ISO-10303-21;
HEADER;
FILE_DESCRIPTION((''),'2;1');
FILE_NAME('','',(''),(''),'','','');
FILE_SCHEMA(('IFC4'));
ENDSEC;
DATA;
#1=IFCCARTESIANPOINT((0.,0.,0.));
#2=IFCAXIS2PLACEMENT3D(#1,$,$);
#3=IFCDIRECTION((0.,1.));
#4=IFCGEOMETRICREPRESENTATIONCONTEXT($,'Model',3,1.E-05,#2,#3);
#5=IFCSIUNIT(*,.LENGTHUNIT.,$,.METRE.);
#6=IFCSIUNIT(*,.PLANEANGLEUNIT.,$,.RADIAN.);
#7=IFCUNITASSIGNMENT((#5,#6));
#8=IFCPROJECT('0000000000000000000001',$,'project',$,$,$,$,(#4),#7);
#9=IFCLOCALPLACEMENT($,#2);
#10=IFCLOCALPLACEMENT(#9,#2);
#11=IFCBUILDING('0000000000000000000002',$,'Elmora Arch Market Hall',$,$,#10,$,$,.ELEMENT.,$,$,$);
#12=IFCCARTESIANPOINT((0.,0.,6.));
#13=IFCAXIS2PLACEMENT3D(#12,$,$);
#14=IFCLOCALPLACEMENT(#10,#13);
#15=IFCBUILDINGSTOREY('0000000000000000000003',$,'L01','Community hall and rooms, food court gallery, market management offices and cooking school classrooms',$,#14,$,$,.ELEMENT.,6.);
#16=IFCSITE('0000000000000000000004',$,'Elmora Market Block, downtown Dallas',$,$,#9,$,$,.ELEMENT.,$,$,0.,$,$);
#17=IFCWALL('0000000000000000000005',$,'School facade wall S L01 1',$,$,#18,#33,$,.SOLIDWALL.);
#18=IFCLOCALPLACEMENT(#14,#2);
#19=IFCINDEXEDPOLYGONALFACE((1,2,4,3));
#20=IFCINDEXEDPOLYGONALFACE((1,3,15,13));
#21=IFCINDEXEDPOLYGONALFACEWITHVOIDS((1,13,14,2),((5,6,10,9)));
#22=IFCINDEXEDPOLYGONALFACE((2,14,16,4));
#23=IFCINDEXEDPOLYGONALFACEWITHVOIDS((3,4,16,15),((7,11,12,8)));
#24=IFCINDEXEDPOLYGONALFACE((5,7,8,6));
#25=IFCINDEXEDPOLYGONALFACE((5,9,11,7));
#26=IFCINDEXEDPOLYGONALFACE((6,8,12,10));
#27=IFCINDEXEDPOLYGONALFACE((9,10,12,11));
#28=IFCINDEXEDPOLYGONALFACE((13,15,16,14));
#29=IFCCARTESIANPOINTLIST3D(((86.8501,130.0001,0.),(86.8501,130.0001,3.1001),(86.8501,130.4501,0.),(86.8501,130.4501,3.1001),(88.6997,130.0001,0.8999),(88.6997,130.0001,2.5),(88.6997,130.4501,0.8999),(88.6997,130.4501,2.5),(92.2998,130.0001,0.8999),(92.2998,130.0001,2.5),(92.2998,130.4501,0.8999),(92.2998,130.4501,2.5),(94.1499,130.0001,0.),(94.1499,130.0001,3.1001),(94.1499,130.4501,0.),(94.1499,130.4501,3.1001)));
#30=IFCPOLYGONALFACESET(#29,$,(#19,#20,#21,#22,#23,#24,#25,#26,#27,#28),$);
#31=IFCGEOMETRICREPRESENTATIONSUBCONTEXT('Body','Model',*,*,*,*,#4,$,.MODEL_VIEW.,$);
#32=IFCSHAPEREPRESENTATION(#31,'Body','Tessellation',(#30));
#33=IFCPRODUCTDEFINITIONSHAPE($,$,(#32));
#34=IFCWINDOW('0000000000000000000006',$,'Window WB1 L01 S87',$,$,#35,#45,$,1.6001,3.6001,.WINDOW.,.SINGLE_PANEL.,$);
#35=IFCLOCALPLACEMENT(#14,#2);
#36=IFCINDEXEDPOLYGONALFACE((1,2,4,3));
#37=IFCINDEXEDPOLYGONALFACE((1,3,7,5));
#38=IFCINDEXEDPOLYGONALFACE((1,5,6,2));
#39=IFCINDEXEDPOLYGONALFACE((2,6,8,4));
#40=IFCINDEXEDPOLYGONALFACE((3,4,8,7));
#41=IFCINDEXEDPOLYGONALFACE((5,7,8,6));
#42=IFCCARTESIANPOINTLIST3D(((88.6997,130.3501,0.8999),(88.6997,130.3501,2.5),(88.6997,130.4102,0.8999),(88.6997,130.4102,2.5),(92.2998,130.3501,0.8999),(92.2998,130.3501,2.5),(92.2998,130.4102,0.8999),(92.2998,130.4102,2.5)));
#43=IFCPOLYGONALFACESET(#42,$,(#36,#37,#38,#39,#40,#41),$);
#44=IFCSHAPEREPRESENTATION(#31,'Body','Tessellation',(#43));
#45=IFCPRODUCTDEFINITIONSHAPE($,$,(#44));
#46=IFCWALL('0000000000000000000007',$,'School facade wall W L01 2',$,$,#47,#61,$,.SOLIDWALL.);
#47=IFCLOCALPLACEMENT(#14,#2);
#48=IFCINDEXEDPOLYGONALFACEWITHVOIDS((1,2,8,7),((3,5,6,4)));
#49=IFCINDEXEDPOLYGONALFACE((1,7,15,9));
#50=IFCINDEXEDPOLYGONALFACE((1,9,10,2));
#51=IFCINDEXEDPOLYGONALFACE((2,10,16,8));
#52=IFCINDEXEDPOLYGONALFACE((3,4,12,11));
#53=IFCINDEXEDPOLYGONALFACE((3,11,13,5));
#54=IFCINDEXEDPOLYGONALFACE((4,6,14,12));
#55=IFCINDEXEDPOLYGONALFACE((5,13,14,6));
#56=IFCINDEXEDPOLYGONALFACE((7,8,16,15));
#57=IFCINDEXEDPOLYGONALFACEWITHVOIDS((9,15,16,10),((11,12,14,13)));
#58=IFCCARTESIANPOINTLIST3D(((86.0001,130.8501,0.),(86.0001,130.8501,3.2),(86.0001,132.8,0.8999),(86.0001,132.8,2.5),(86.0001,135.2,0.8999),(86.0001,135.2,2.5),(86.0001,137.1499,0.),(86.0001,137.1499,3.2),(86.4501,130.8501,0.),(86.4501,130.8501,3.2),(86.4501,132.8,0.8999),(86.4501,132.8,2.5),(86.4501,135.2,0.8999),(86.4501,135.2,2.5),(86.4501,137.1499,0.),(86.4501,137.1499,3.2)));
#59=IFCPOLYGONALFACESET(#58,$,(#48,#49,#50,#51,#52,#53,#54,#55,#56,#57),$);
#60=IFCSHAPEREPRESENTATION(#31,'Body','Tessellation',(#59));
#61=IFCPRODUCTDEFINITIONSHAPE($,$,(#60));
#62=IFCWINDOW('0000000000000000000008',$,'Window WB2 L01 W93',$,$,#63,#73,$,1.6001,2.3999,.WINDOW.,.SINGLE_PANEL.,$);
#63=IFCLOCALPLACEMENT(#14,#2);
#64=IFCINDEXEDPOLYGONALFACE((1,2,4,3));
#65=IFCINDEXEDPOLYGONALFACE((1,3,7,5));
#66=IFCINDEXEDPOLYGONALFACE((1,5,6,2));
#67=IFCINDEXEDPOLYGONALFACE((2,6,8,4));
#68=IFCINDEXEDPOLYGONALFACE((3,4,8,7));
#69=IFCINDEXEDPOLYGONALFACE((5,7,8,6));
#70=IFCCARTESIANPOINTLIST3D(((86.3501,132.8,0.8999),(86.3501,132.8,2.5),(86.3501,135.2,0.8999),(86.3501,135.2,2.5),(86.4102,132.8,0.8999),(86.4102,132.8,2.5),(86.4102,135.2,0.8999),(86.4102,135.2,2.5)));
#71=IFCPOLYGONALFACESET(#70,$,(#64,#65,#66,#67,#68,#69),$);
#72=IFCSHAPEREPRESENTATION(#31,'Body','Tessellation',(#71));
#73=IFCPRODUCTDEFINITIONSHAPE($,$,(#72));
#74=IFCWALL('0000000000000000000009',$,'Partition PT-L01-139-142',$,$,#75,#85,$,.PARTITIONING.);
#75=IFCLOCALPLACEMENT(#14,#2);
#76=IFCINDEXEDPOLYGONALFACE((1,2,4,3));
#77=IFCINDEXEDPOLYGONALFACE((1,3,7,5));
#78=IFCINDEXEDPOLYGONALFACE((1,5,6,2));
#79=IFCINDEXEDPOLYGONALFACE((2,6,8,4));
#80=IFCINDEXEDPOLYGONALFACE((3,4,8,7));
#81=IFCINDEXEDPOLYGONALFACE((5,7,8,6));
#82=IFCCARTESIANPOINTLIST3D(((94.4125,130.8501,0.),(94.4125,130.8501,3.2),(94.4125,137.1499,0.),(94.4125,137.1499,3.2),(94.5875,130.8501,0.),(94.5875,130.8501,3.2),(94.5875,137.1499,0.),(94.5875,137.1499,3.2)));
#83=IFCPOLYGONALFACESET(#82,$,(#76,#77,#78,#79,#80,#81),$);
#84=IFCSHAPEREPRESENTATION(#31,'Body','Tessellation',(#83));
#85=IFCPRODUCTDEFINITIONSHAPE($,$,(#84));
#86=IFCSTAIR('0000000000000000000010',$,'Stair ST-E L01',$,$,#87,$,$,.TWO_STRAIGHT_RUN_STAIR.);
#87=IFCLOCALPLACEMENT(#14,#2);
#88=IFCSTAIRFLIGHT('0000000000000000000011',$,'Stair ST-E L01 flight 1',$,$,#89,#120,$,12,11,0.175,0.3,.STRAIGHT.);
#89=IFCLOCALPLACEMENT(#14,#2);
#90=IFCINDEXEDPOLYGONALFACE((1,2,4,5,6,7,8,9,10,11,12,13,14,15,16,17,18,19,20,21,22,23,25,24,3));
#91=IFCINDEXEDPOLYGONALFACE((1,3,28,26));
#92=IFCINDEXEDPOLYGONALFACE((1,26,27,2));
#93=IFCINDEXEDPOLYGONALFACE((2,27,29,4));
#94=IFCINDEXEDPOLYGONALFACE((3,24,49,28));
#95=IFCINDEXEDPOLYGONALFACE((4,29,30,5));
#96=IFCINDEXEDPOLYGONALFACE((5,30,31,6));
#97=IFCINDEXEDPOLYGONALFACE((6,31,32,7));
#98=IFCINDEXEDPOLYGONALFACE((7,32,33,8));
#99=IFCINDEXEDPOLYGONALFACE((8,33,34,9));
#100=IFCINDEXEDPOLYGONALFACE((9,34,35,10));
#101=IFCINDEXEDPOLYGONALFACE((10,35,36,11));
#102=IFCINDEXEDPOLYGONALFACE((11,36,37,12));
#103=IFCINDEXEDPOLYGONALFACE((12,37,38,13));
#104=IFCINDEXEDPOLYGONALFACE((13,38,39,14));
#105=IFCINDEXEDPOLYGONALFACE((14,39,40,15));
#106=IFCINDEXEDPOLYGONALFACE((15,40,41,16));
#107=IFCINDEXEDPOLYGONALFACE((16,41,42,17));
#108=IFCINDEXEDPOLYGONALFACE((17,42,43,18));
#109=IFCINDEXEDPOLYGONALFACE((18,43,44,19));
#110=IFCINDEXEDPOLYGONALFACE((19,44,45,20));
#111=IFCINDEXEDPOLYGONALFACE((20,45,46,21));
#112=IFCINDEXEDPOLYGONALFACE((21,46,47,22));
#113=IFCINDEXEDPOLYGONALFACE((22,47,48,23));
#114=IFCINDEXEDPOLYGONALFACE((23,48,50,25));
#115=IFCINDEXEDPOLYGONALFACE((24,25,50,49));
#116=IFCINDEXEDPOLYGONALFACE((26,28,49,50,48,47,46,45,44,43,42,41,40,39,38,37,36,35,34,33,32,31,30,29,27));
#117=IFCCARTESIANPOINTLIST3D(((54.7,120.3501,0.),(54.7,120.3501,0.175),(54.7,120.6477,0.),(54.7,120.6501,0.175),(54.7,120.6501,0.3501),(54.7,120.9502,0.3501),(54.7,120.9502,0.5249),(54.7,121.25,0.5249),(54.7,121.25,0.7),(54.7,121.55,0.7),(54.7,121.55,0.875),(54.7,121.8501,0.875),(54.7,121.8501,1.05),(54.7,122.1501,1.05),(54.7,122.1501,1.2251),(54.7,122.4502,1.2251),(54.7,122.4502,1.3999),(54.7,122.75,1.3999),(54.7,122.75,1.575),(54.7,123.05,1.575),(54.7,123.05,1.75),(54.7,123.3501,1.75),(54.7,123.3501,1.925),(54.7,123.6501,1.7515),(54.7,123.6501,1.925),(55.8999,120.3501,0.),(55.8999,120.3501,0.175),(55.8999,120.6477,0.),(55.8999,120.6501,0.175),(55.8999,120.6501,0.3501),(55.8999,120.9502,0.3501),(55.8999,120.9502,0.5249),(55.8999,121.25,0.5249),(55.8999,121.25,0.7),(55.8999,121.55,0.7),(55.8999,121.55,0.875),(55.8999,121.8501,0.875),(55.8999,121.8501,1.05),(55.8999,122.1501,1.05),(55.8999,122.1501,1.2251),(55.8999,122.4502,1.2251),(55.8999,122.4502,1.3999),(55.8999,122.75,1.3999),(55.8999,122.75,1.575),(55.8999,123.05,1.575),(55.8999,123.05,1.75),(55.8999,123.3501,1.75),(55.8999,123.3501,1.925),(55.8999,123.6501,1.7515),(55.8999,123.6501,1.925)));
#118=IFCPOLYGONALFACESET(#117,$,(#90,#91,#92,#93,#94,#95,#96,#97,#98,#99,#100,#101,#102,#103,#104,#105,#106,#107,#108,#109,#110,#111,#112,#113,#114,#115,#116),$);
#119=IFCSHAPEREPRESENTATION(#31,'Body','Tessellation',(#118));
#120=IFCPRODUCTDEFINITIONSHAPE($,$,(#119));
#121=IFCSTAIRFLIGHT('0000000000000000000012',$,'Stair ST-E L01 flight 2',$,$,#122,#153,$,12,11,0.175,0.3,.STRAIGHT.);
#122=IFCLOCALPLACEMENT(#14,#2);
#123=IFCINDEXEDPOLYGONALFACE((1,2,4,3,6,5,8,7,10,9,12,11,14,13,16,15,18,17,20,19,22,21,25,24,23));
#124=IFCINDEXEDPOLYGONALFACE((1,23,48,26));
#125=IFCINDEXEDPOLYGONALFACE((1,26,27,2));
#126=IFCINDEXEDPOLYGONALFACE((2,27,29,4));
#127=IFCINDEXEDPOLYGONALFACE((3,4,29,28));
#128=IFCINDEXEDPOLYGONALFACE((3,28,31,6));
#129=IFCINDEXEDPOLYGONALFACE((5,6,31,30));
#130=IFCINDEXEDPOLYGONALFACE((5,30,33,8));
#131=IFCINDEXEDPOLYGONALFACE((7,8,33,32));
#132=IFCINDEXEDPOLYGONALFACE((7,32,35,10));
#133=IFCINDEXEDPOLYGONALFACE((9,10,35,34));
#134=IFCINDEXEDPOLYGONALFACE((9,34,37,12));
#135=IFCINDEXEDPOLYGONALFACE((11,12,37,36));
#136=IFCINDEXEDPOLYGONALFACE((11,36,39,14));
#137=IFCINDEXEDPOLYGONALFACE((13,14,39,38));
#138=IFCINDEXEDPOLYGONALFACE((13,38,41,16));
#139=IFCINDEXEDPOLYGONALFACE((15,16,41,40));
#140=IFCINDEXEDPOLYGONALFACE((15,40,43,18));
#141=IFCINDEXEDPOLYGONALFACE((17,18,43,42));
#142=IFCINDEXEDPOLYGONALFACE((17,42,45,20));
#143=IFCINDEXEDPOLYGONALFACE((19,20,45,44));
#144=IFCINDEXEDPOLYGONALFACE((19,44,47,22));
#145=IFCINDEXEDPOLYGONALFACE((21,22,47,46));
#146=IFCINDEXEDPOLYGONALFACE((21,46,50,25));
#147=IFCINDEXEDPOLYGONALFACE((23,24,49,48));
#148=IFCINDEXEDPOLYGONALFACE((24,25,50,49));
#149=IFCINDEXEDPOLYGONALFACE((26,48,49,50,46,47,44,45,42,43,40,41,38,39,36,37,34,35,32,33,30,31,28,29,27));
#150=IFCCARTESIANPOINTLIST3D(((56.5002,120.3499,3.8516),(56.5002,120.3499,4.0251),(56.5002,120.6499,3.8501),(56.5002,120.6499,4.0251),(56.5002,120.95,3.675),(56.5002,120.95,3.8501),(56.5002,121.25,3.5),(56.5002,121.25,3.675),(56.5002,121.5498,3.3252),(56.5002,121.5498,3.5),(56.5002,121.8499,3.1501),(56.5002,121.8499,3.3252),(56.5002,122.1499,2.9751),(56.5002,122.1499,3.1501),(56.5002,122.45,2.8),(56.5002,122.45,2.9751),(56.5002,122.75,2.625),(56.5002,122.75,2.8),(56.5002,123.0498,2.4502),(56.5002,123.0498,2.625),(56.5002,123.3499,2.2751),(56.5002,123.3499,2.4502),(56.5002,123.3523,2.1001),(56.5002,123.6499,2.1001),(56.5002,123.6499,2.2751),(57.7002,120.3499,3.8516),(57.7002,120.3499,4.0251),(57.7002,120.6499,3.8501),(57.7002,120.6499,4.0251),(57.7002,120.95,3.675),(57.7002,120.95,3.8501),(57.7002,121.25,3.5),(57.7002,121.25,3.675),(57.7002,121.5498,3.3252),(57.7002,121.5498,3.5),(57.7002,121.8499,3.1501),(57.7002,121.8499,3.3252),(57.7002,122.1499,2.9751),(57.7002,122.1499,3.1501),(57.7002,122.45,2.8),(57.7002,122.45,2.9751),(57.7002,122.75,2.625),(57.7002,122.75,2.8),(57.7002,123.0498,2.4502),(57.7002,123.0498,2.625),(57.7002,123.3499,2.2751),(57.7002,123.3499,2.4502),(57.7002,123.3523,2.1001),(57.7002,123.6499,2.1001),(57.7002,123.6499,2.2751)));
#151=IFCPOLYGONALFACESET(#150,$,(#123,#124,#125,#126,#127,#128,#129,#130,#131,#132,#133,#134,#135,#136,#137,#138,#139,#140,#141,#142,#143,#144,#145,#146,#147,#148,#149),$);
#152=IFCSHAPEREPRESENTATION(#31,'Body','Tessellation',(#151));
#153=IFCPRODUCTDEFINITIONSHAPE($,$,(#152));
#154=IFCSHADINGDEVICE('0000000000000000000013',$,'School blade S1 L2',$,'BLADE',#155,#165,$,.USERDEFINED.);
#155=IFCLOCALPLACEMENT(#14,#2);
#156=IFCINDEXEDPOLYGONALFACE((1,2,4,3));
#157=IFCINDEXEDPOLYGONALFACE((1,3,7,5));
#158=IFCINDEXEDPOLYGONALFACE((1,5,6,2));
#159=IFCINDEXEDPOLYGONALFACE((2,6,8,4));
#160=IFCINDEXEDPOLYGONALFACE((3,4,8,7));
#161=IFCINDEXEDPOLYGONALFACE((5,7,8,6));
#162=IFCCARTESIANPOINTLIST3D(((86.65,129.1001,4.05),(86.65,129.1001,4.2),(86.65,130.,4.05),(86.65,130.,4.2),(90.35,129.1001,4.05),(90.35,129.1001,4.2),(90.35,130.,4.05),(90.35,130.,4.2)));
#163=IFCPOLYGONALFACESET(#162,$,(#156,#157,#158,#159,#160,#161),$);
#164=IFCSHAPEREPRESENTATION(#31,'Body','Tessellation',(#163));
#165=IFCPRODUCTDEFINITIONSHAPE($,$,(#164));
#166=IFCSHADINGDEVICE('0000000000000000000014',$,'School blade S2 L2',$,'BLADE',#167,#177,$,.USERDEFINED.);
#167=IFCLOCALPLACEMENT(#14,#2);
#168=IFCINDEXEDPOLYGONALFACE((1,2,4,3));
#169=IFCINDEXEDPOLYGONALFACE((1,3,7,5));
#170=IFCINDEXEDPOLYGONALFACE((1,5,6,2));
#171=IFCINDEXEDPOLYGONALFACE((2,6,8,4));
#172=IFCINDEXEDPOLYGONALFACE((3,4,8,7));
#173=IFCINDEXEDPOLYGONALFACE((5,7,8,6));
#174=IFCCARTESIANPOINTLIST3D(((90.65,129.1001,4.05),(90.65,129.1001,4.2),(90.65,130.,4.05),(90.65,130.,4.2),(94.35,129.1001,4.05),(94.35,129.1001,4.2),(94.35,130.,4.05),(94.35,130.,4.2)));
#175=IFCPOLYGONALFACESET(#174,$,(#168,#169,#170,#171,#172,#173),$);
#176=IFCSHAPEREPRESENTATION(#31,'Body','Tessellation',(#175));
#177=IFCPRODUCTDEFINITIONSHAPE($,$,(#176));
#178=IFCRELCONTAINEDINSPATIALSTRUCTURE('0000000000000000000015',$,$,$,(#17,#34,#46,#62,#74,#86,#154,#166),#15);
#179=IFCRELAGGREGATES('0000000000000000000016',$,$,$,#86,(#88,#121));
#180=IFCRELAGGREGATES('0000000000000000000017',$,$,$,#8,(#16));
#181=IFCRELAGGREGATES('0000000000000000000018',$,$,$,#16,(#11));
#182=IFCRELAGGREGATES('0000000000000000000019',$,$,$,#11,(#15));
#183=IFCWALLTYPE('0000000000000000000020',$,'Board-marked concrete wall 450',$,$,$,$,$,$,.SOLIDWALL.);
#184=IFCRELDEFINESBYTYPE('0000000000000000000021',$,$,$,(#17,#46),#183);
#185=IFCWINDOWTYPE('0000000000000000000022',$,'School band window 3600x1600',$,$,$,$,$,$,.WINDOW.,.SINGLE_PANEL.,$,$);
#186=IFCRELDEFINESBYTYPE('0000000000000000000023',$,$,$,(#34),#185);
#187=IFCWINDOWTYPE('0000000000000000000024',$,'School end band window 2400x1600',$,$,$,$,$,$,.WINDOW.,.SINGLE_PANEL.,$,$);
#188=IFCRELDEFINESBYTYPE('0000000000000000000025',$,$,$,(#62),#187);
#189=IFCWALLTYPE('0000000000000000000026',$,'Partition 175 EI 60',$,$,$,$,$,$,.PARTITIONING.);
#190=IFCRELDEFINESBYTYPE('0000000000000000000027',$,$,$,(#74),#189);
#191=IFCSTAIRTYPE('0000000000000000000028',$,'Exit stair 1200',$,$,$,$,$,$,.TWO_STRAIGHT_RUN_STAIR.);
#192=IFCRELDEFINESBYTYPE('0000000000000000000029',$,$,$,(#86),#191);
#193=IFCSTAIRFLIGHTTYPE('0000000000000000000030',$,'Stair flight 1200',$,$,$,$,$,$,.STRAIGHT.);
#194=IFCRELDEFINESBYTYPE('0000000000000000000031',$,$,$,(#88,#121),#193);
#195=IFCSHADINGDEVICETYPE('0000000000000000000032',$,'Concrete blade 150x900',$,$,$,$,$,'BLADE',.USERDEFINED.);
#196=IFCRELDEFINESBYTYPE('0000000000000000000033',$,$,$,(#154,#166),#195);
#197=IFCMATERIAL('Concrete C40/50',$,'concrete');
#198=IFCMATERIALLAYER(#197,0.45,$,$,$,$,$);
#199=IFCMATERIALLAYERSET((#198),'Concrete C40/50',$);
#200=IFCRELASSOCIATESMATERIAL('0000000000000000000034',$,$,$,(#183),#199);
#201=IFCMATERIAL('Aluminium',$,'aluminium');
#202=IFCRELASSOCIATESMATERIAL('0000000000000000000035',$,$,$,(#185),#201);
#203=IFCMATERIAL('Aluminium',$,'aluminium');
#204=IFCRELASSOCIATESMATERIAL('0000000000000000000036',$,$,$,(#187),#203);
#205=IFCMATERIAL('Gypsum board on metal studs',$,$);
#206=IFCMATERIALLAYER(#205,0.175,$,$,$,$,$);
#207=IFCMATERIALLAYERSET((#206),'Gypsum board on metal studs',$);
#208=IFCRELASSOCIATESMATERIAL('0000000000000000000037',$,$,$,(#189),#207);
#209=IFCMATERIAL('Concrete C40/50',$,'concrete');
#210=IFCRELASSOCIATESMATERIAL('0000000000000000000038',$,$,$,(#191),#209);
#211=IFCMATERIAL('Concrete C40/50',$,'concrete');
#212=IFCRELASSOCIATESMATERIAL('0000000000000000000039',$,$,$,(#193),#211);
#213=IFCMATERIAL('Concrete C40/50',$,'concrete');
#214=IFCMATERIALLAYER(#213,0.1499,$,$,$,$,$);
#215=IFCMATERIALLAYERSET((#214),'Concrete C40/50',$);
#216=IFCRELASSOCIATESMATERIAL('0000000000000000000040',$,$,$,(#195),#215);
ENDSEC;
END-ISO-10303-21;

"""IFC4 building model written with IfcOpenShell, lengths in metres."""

from ifc_helpers import new_model, si_unit, direction, frame, frame_2d, origin, origin_2d, place, context, subcontext, project, spatial, polyline, rectangle, outline, extrude, material, layer, layer_set, type_object, element, fill, aggregate, save


model = new_model("IFC4")

# Units and contexts
model_context = context("Model", 3, precision=1e-05, world=origin(), true_north=direction((0.0, 1.0)))
body_context = subcontext(model_context, "Body", "Model", "MODEL_VIEW")
ifc_project = project(units=[si_unit("LENGTHUNIT", "METRE"), si_unit("PLANEANGLEUNIT", "RADIAN")], contexts=[model_context])

# Site, building, storey
site_placement = place(None, origin())
site = spatial("IfcSite", under=ifc_project, at=site_placement, Name="Elmora Market Block, downtown Dallas", CompositionType="ELEMENT", RefElevation=0.0)
building_placement = place(site_placement, origin())
building = spatial("IfcBuilding", under=site, at=building_placement, Name="Elmora Arch Market Hall", CompositionType="ELEMENT")
storey_placement = place(building_placement, frame((0.0, 0.0, 6.0)))
storey = spatial("IfcBuildingStorey", under=building, at=storey_placement, Name="L01", Description="Community hall and rooms, food court gallery, market management offices and cooking school classrooms", CompositionType="ELEMENT", Elevation=6.0)

# Shared definitions
ifc_material_1 = material(Name="Concrete C40/50", Category="concrete")
ifc_layer_1 = layer(ifc_material_1, 0.45)
ifc_layer_set_1 = layer_set([ifc_layer_1], Name="Concrete C40/50")
wall_type_1 = type_object("IfcWallType", Name="Board-marked concrete wall 450", PredefinedType="SOLIDWALL", material=ifc_layer_set_1)

# Walls, openings, windows
wall_1_placement = place(storey_placement, frame((94.1499, 130.2251, 0.0), z_axis=(0.0, 0.0, 1.0), x_axis=(-1.0, 0.0, 0.0)))
wall_1 = element("IfcWall", 1, at=wall_1_placement, inside=storey, type_object=wall_type_1, Name="School facade wall S L01 1", PredefinedType="SOLIDWALL", context=body_context, shape_type="SweptSolid", body=[
    extrude(rectangle(XDim=7.2998, YDim=0.45, at=frame_2d((3.6499, 0.0))), origin(), (0.0, 0.0, 1.0), 3.1001),
])
opening_1_placement = place(wall_1_placement, frame((1.8501, 0.0, 0.8999)))
opening_1 = element("IfcOpeningElement", 2, at=opening_1_placement, cuts=wall_1, PredefinedType="OPENING", context=body_context, shape_type="SweptSolid", body=[
    extrude(rectangle(XDim=3.6001, YDim=1.6001, at=frame_2d((1.8, 0.8))), frame((0.0, 0.2349, 0.0), z_axis=(0.0, -1.0, 0.0), x_axis=(1.0, 0.0, 0.0)), (0.0, 0.0, 1.0), 0.47),
])
ifc_material_2 = material(Name="Aluminium", Category="aluminium")
window_type_1 = type_object("IfcWindowType", Name="School band window 3600x1600", PartitioningType="SINGLE_PANEL", PredefinedType="WINDOW", material=ifc_material_2)
window_1_placement = place(opening_1_placement, origin())
window_1 = element("IfcWindow", 3, at=window_1_placement, inside=storey, type_object=window_type_1, Name="Window WB1 L01 S87", OverallHeight=1.6001, OverallWidth=3.6001, PartitioningType="SINGLE_PANEL", PredefinedType="WINDOW", context=body_context, shape_type="SweptSolid", body=[
    extrude(rectangle(XDim=3.6001, YDim=1.6001, at=frame_2d((1.8, 0.8))), frame((0.0, -0.125, 0.0), z_axis=(0.0, -1.0, 0.0), x_axis=(1.0, 0.0, 0.0)), (0.0, 0.0, 1.0), 0.0601),
])
fill(opening_1, window_1)
wall_2_placement = place(storey_placement, frame((86.2251, 130.8501, 0.0), z_axis=(0.0, 0.0, 1.0), x_axis=(0.0, 1.0, 0.0)))
wall_2 = element("IfcWall", 4, at=wall_2_placement, inside=storey, type_object=wall_type_1, Name="School facade wall W L01 2", PredefinedType="SOLIDWALL", context=body_context, shape_type="SweptSolid", body=[
    extrude(rectangle(XDim=6.2998, YDim=0.45, at=frame_2d((3.1499, 0.0))), origin(), (0.0, 0.0, 1.0), 3.2),
])
opening_2_placement = place(wall_2_placement, frame((1.95, 0.0, 0.8999)))
opening_2 = element("IfcOpeningElement", 5, at=opening_2_placement, cuts=wall_2, PredefinedType="OPENING", context=body_context, shape_type="SweptSolid", body=[
    extrude(rectangle(XDim=2.3999, YDim=1.6001, at=frame_2d((1.2, 0.8))), frame((0.0, 0.2349, 0.0), z_axis=(0.0, -1.0, 0.0), x_axis=(1.0, 0.0, 0.0)), (0.0, 0.0, 1.0), 0.47),
])
ifc_material_3 = material(Name="Aluminium", Category="aluminium")
window_type_2 = type_object("IfcWindowType", Name="School end band window 2400x1600", PartitioningType="SINGLE_PANEL", PredefinedType="WINDOW", material=ifc_material_3)
window_2_placement = place(opening_2_placement, origin())
window_2 = element("IfcWindow", 6, at=window_2_placement, inside=storey, type_object=window_type_2, Name="Window WB2 L01 W93", OverallHeight=1.6001, OverallWidth=2.3999, PartitioningType="SINGLE_PANEL", PredefinedType="WINDOW", context=body_context, shape_type="SweptSolid", body=[
    extrude(rectangle(XDim=2.3999, YDim=1.6001, at=frame_2d((1.2, 0.8))), frame((0.0, -0.125, 0.0), z_axis=(0.0, -1.0, 0.0), x_axis=(1.0, 0.0, 0.0)), (0.0, 0.0, 1.0), 0.0601),
])
fill(opening_2, window_2)

# Wall
ifc_material_4 = material(Name="Gypsum board on metal studs")
ifc_layer_2 = layer(ifc_material_4, 0.175)
ifc_layer_set_2 = layer_set([ifc_layer_2], Name="Gypsum board on metal studs")
wall_type_2 = type_object("IfcWallType", Name="Partition 175 EI 60", PredefinedType="PARTITIONING", material=ifc_layer_set_2)
wall_3_placement = place(storey_placement, frame((94.5, 130.8501, 0.0), z_axis=(0.0, 0.0, 1.0), x_axis=(0.0, 1.0, 0.0)))
element("IfcWall", 7, at=wall_3_placement, inside=storey, type_object=wall_type_2, Name="Partition PT-L01-139-142", PredefinedType="PARTITIONING", context=body_context, shape_type="SweptSolid", body=[
    extrude(rectangle(XDim=6.2998, YDim=0.175, at=frame_2d((3.1499, 0.0))), origin(), (0.0, 0.0, 1.0), 3.2),
])

# Stair, stair flights
ifc_material_5 = material(Name="Concrete C40/50", Category="concrete")
stair_type = type_object("IfcStairType", Name="Exit stair 1200", PredefinedType="TWO_STRAIGHT_RUN_STAIR", material=ifc_material_5)
stair_placement = place(storey_placement, origin())
stair = element("IfcStair", 8, at=stair_placement, inside=storey, type_object=stair_type, Name="Stair ST-E L01", PredefinedType="TWO_STRAIGHT_RUN_STAIR")
ifc_material_6 = material(Name="Concrete C40/50", Category="concrete")
stair_flight_type = type_object("IfcStairFlightType", Name="Stair flight 1200", PredefinedType="STRAIGHT", material=ifc_material_6)
stair_flight_1_placement = place(storey_placement, frame((55.3, 120.3501, 0.0), z_axis=(0.0, 0.0, 1.0), x_axis=(0.0, 1.0, 0.0)))
stair_flight_1 = element("IfcStairFlight", 9, at=stair_flight_1_placement, type_object=stair_flight_type, Name="Stair ST-E L01 flight 1", NumberOfRisers=12, NumberOfTreads=11, PredefinedType="STRAIGHT", RiserHeight=0.175, TreadLength=0.3, context=body_context, shape_type="SweptSolid", body=[
    extrude(outline(polyline([(0.0, 0.0), (0.0, 0.175), (0.3, 0.175), (0.3, 0.3501), (0.6001, 0.3501), (0.6001, 0.5249), (0.8999, 0.5249), (0.8999, 0.7), (1.2, 0.7), (1.2, 0.875), (1.5, 0.875), (1.5, 1.05), (1.8, 1.05), (1.8, 1.2251), (2.1001, 1.2251), (2.1001, 1.3999), (2.3999, 1.3999), (2.3999, 1.575), (2.7, 1.575), (2.7, 1.75), (3.0, 1.75), (3.0, 1.925), (3.3, 1.925), (3.3, 2.1001), (3.3, 1.7515), (0.2976, 0.0), (0.0, 0.0)])), frame((0.0, 0.6001, 0.0), z_axis=(0.0, -1.0, 0.0), x_axis=(1.0, 0.0, 0.0)), (0.0, 0.0, 1.0), 1.2),
])
stair_flight_2_placement = place(storey_placement, frame((57.1001, 123.6499, 2.1001), z_axis=(0.0, 0.0, 1.0), x_axis=(0.0, -1.0, 0.0)))
stair_flight_2 = element("IfcStairFlight", 10, at=stair_flight_2_placement, type_object=stair_flight_type, Name="Stair ST-E L01 flight 2", NumberOfRisers=12, NumberOfTreads=11, PredefinedType="STRAIGHT", RiserHeight=0.175, TreadLength=0.3, context=body_context, shape_type="SweptSolid", body=[
    extrude(outline(polyline([(0.0, 0.0), (0.0, 0.175), (0.3, 0.175), (0.3, 0.3501), (0.6001, 0.3501), (0.6001, 0.5249), (0.8999, 0.5249), (0.8999, 0.7), (1.2, 0.7), (1.2, 0.875), (1.5, 0.875), (1.5, 1.05), (1.8, 1.05), (1.8, 1.2251), (2.1001, 1.2251), (2.1001, 1.3999), (2.3999, 1.3999), (2.3999, 1.575), (2.7, 1.575), (2.7, 1.75), (3.0, 1.75), (3.0, 1.925), (3.3, 1.925), (3.3, 2.1001), (3.3, 1.7515), (0.2976, 0.0), (0.0, 0.0)])), frame((0.0, 0.6001, 0.0), z_axis=(0.0, -1.0, 0.0), x_axis=(1.0, 0.0, 0.0)), (0.0, 0.0, 1.0), 1.2),
])
aggregate(stair, [stair_flight_1, stair_flight_2])

# Shading devices
ifc_material_7 = material(Name="Concrete C40/50", Category="concrete")
ifc_layer_3 = layer(ifc_material_7, 0.1499)
ifc_layer_set_3 = layer_set([ifc_layer_3], Name="Concrete C40/50")
shading_device_type_1 = type_object("IfcShadingDeviceType", Name="Concrete blade 150x900", ElementType="BLADE", PredefinedType="USERDEFINED", material=ifc_layer_set_3)
for number, where, z_axis, x_axis, name in (
    (11, (88.5, 129.55, 4.05), (0.0, 0.0, 1.0), (1.0, 0.0, 0.0), "School blade S1 L2"),
    (12, (92.5, 129.55, 4.05), (0.0, 0.0, 1.0), (1.0, 0.0, 0.0), "School blade S2 L2"),
):
    element("IfcShadingDevice", number, at=place(storey_placement, frame(where, z_axis=z_axis, x_axis=x_axis)), inside=storey, type_object=shading_device_type_1, Name=name, ObjectType="BLADE", PredefinedType="USERDEFINED", context=body_context, shape_type="SweptSolid", body=[
        extrude(rectangle(XDim=3.7, YDim=0.8999, at=origin_2d()), origin(), (0.0, 0.0, 1.0), 0.1499),
    ])

save(model, "model.ifc")
